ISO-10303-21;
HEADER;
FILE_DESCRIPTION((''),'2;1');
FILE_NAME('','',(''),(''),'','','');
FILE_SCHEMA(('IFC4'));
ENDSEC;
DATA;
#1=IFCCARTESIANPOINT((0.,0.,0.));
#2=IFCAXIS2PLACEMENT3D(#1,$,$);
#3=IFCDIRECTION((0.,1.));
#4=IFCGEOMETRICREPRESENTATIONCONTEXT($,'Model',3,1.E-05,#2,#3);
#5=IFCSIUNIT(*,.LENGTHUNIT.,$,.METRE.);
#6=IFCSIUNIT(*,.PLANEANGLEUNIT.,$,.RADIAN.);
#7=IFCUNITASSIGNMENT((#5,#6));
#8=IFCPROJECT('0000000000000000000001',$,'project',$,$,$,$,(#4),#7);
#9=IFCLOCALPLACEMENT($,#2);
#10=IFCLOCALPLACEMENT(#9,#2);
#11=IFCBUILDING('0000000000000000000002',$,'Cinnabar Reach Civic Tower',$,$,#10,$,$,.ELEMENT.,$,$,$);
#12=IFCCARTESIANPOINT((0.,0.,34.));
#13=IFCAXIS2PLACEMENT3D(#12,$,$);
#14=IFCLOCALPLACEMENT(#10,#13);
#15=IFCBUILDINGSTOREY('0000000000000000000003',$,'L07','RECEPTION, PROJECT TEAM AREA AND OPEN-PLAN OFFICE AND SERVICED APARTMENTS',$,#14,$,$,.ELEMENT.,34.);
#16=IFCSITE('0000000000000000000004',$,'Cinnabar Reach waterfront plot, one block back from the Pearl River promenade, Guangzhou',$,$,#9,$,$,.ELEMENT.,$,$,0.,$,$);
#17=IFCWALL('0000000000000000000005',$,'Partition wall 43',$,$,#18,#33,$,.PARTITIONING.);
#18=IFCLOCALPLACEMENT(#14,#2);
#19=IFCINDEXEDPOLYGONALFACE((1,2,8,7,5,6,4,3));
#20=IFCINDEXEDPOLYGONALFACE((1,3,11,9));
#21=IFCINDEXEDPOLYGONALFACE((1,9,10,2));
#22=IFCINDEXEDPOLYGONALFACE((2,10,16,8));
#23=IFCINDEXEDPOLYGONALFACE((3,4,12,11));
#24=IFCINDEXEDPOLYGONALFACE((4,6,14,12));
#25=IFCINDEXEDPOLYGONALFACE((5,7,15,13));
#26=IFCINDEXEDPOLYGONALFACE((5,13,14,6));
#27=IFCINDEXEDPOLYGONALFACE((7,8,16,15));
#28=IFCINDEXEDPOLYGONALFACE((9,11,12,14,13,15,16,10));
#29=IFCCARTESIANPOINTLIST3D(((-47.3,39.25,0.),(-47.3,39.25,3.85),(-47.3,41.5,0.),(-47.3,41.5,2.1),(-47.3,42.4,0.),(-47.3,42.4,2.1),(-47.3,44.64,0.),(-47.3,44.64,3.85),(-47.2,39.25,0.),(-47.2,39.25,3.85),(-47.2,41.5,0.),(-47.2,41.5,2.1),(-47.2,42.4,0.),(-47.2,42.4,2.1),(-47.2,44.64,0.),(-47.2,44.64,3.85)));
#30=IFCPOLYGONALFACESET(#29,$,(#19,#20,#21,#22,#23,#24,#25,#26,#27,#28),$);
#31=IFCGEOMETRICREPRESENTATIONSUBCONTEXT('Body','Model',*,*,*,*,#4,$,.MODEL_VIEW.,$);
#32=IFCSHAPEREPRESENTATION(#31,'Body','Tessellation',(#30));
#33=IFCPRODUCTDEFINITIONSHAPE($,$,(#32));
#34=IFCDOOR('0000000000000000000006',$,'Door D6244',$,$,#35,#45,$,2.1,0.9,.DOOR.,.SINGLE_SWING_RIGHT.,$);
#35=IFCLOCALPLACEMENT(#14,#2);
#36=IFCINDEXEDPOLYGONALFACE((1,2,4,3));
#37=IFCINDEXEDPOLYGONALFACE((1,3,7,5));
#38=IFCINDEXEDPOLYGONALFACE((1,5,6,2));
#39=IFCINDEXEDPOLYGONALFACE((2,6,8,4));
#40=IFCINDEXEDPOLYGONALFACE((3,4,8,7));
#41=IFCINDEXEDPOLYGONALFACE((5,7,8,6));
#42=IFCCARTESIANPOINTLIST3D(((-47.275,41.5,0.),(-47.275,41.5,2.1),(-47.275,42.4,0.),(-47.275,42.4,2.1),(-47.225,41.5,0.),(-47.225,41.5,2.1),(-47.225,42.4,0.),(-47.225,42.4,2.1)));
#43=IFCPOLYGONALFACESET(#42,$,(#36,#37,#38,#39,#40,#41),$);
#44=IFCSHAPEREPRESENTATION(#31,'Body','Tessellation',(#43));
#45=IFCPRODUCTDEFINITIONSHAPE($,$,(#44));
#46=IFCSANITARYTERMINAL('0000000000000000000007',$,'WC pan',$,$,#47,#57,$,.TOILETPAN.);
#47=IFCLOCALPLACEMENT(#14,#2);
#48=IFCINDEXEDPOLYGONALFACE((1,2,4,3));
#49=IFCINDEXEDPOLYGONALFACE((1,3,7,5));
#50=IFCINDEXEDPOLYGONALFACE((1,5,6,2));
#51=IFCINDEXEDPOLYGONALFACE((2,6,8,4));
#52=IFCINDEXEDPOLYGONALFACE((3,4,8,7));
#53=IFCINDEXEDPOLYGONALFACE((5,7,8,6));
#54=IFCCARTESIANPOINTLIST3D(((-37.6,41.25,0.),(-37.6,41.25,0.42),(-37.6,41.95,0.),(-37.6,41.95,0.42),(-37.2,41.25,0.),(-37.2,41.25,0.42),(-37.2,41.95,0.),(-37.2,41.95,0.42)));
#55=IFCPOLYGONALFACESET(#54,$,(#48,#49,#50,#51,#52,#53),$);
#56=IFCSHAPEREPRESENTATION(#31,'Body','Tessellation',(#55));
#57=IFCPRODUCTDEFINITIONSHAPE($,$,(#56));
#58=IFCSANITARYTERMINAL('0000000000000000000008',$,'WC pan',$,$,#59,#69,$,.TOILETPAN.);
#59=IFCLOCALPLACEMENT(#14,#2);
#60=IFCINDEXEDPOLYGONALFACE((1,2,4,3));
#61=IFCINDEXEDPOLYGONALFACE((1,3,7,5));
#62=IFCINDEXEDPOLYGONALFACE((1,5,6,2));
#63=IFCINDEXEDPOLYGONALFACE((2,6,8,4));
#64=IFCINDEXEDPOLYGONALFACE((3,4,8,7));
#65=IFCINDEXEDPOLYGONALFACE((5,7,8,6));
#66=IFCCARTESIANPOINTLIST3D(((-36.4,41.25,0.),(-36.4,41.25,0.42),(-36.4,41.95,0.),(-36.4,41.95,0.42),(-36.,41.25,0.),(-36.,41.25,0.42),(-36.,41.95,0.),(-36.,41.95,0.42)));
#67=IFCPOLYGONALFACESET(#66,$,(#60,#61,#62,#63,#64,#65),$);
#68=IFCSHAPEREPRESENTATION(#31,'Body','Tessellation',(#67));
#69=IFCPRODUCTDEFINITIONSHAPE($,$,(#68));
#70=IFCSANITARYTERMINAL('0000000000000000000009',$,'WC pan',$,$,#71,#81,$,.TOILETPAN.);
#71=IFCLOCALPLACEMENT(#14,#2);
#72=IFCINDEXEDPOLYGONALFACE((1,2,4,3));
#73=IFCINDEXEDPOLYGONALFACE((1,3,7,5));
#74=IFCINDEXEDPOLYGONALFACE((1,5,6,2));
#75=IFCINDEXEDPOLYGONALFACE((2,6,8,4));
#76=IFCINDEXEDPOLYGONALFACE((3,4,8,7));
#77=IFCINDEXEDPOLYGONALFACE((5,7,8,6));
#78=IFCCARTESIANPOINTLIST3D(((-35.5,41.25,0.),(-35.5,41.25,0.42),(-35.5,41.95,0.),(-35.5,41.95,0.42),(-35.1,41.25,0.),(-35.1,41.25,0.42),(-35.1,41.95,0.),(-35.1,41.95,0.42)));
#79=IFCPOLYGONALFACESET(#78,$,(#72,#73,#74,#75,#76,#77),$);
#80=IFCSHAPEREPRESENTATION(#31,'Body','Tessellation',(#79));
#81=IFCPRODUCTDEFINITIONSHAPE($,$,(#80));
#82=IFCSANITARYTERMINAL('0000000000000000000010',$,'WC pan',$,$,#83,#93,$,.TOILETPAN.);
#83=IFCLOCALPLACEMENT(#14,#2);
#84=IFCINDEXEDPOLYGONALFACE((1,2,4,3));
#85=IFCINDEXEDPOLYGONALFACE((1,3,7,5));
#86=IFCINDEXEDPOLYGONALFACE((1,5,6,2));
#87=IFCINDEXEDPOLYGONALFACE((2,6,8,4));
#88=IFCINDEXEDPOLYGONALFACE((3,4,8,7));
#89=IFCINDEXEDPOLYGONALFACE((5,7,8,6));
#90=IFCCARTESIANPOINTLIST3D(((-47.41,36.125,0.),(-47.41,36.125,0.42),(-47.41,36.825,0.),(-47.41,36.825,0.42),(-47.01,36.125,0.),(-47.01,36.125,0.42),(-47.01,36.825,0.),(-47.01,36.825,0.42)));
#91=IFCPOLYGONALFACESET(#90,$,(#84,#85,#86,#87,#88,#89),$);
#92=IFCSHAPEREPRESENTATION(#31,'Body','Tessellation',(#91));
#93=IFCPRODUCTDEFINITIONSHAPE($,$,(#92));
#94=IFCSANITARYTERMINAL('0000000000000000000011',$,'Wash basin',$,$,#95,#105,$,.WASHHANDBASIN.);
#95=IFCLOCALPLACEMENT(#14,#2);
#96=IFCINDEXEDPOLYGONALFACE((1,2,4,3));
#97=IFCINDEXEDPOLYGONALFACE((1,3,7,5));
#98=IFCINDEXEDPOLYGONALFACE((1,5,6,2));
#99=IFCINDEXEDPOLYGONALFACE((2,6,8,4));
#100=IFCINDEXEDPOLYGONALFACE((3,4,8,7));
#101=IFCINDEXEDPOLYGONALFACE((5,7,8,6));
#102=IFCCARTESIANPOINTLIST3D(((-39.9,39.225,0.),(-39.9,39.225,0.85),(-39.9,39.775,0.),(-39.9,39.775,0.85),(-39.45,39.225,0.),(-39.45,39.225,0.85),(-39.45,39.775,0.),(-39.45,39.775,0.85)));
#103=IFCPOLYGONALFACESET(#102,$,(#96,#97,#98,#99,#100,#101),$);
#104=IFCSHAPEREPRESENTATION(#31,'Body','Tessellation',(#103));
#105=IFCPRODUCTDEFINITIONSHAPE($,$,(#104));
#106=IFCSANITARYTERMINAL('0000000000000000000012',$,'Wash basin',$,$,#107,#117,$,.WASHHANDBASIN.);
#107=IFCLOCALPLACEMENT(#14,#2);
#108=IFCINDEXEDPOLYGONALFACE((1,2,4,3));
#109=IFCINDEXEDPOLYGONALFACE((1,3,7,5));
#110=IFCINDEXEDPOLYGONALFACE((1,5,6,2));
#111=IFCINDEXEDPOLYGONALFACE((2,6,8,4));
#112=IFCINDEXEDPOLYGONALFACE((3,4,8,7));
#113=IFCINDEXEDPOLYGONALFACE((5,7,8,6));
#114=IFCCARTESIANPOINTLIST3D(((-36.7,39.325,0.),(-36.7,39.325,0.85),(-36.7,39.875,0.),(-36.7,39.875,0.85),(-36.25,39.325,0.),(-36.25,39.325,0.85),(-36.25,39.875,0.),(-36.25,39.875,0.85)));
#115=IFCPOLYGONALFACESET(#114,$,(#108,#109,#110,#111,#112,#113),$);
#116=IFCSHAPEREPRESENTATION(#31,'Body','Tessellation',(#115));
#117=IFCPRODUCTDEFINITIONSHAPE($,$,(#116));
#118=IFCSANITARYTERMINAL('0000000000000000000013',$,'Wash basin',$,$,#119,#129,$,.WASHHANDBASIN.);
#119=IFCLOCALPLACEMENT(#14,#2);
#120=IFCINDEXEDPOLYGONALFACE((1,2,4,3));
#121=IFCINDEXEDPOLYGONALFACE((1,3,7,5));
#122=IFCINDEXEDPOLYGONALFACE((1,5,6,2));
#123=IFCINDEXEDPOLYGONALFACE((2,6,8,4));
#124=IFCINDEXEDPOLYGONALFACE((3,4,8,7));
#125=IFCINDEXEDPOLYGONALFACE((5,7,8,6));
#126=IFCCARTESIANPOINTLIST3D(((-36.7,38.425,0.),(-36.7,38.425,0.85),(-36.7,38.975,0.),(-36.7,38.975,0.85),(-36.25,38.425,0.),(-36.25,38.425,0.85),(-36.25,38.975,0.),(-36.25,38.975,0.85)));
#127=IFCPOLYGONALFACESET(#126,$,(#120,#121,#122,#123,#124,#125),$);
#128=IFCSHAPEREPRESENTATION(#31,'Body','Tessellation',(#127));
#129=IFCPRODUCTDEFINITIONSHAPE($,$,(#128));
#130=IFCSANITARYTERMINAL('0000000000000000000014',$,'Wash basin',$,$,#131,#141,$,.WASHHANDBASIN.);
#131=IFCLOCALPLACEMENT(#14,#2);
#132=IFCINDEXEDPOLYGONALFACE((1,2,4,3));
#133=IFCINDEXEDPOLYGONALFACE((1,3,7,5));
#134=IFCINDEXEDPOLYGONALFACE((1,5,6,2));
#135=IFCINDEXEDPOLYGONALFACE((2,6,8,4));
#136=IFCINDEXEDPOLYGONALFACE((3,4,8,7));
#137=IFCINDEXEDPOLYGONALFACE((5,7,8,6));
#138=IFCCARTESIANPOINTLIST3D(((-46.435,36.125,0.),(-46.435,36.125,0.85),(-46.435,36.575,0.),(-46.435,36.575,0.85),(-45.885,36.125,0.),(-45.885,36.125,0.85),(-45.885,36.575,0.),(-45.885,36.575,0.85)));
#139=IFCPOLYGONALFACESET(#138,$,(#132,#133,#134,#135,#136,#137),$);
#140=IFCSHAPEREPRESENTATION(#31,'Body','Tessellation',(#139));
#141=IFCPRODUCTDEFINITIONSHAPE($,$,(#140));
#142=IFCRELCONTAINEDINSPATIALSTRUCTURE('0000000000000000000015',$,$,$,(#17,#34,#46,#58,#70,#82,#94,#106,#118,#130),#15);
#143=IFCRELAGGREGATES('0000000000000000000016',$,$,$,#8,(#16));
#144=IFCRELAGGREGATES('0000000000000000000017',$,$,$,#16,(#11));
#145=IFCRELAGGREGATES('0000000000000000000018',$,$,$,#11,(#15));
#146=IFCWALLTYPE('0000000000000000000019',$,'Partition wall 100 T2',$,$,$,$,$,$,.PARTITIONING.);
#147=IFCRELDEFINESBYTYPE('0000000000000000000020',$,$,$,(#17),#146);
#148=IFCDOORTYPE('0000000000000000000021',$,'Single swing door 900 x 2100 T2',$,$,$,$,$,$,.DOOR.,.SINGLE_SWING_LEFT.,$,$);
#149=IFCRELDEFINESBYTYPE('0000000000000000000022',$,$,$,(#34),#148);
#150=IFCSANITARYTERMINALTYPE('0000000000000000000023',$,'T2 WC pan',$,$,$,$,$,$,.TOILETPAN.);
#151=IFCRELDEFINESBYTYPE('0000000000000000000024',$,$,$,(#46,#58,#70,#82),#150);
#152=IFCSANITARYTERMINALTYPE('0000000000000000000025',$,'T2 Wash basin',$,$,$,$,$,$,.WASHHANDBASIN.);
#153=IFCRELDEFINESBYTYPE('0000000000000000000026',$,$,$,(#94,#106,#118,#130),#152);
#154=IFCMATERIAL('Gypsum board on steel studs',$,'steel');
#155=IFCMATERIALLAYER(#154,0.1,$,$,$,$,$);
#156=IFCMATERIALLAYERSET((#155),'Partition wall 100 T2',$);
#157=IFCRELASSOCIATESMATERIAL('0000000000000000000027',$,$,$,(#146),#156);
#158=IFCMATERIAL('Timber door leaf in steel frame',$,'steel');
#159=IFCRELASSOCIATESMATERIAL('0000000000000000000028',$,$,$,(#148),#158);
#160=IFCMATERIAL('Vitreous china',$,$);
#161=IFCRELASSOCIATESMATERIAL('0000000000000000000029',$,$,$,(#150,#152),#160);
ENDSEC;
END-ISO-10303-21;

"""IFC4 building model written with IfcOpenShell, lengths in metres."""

from ifc_helpers import new_model, si_unit, direction, frame, frame_2d, origin, origin_2d, place, context, subcontext, project, spatial, rectangle, extrude, material, layer, layer_set, type_object, element, fill, save


model = new_model("IFC4")

# Units and contexts
model_context = context("Model", 3, precision=1e-05, world=origin(), true_north=direction((0.0, 1.0)))
body_context = subcontext(model_context, "Body", "Model", "MODEL_VIEW")
ifc_project = project(units=[si_unit("LENGTHUNIT", "METRE"), si_unit("PLANEANGLEUNIT", "RADIAN")], contexts=[model_context])

# Site, building, storey
site_placement = place(None, origin())
site = spatial("IfcSite", under=ifc_project, at=site_placement, Name="Cinnabar Reach waterfront plot, one block back from the Pearl River promenade, Guangzhou", CompositionType="ELEMENT", RefElevation=0.0)
building_placement = place(site_placement, origin())
building = spatial("IfcBuilding", under=site, at=building_placement, Name="Cinnabar Reach Civic Tower", CompositionType="ELEMENT")
storey_placement = place(building_placement, frame((0.0, 0.0, 34.0)))
storey = spatial("IfcBuildingStorey", under=building, at=storey_placement, Name="L07", Description="RECEPTION, PROJECT TEAM AREA AND OPEN-PLAN OFFICE AND SERVICED APARTMENTS", CompositionType="ELEMENT", Elevation=34.0)

# Shared definitions
ifc_material_1 = material(Name="Gypsum board on steel studs", Category="steel")
ifc_layer_1 = layer(ifc_material_1, 0.1)
ifc_layer_set_1 = layer_set([ifc_layer_1], Name="Partition wall 100 T2")
wall_type_1 = type_object("IfcWallType", Name="Partition wall 100 T2", PredefinedType="PARTITIONING", material=ifc_layer_set_1)

# Wall, opening, door
wall_1_placement = place(storey_placement, frame((-47.25, 39.25, 0.0), z_axis=(0.0, 0.0, 1.0), x_axis=(0.0, 1.0, 0.0)))
wall_1 = element("IfcWall", 1, at=wall_1_placement, inside=storey, type_object=wall_type_1, Name="Partition wall 43", PredefinedType="PARTITIONING", context=body_context, shape_type="SweptSolid", body=[
    extrude(rectangle(XDim=5.39, YDim=0.1, at=frame_2d((2.695, 0.0))), origin(), (0.0, 0.0, 1.0), 3.85),
])
opening_1_placement = place(wall_1_placement, frame((2.25, 0.0, 0.0)))
opening_1 = element("IfcOpeningElement", 2, at=opening_1_placement, cuts=wall_1, PredefinedType="OPENING", context=body_context, shape_type="SweptSolid", body=[
    extrude(rectangle(XDim=0.9, YDim=2.1, at=frame_2d((0.45, 1.05))), frame((0.0, 0.06, 0.0), z_axis=(0.0, -1.0, 0.0), x_axis=(1.0, 0.0, 0.0)), (0.0, 0.0, 1.0), 0.12),
])
ifc_material_2 = material(Name="Timber door leaf in steel frame", Category="steel")
door_type_1 = type_object("IfcDoorType", Name="Single swing door 900 x 2100 T2", OperationType="SINGLE_SWING_LEFT", PredefinedType="DOOR", material=ifc_material_2)
door_1_placement = place(opening_1_placement, frame((0.9, 0.0, 0.0), z_axis=(0.0, 0.0, 1.0), x_axis=(-1.0, 0.0, 0.0)))
door_1 = element("IfcDoor", 3, at=door_1_placement, inside=storey, type_object=door_type_1, Name="Door D6244", OperationType="SINGLE_SWING_RIGHT", OverallHeight=2.1, OverallWidth=0.9, PredefinedType="DOOR", context=body_context, shape_type="SweptSolid", body=[
    extrude(rectangle(XDim=0.9, YDim=2.1, at=frame_2d((0.45, 1.05))), frame((0.0, 0.025, 0.0), z_axis=(0.0, -1.0, 0.0), x_axis=(1.0, 0.0, 0.0)), (0.0, 0.0, 1.0), 0.05),
])
fill(opening_1, door_1)

# Sanitary terminals
ifc_material_3 = material(Name="Vitreous china")
sanitary_terminal_type_1 = type_object("IfcSanitaryTerminalType", Name="T2 WC pan", PredefinedType="TOILETPAN", material=ifc_material_3)
for number, where, z_axis, x_axis, name in (
    (4, (-37.4, 41.6, 0.0), (0.0, 0.0, 1.0), (1.0, 0.0, 0.0), "WC pan"),
    (5, (-36.2, 41.6, 0.0), (0.0, 0.0, 1.0), (1.0, 0.0, 0.0), "WC pan"),
    (6, (-35.3, 41.6, 0.0), (0.0, 0.0, 1.0), (1.0, 0.0, 0.0), "WC pan"),
    (7, (-47.21, 36.475, 0.0), (0.0, 0.0, 1.0), (1.0, 0.0, 0.0), "WC pan"),
):
    element("IfcSanitaryTerminal", number, at=place(storey_placement, frame(where, z_axis=z_axis, x_axis=x_axis)), inside=storey, type_object=sanitary_terminal_type_1, Name=name, PredefinedType="TOILETPAN", context=body_context, shape_type="SweptSolid", body=[
        extrude(rectangle(XDim=0.4, YDim=0.7, at=origin_2d()), origin(), (0.0, 0.0, 1.0), 0.42),
    ])
sanitary_terminal_type_2 = type_object("IfcSanitaryTerminalType", Name="T2 Wash basin", PredefinedType="WASHHANDBASIN", material=ifc_material_3)
for number, where, z_axis, x_axis, name in (
    (8, (-39.675, 39.5, 0.0), (0.0, 0.0, 1.0), (1.0, 0.0, 0.0), "Wash basin"),
    (9, (-36.475, 39.6, 0.0), (0.0, 0.0, 1.0), (1.0, 0.0, 0.0), "Wash basin"),
    (10, (-36.475, 38.7, 0.0), (0.0, 0.0, 1.0), (1.0, 0.0, 0.0), "Wash basin"),
):
    element("IfcSanitaryTerminal", number, at=place(storey_placement, frame(where, z_axis=z_axis, x_axis=x_axis)), inside=storey, type_object=sanitary_terminal_type_2, Name=name, PredefinedType="WASHHANDBASIN", context=body_context, shape_type="SweptSolid", body=[
        extrude(rectangle(XDim=0.45, YDim=0.55, at=origin_2d()), origin(), (0.0, 0.0, 1.0), 0.85),
    ])
sanitary_terminal_placement = place(storey_placement, frame((-46.16, 36.35, 0.0), z_axis=(0.0, 0.0, 1.0), x_axis=(1.0, 0.0, 0.0)))
element("IfcSanitaryTerminal", 11, at=sanitary_terminal_placement, inside=storey, type_object=sanitary_terminal_type_2, Name="Wash basin", PredefinedType="WASHHANDBASIN", context=body_context, shape_type="SweptSolid", body=[
    extrude(rectangle(XDim=0.55, YDim=0.45, at=origin_2d()), origin(), (0.0, 0.0, 1.0), 0.85),
])

save(model, "model.ifc")
